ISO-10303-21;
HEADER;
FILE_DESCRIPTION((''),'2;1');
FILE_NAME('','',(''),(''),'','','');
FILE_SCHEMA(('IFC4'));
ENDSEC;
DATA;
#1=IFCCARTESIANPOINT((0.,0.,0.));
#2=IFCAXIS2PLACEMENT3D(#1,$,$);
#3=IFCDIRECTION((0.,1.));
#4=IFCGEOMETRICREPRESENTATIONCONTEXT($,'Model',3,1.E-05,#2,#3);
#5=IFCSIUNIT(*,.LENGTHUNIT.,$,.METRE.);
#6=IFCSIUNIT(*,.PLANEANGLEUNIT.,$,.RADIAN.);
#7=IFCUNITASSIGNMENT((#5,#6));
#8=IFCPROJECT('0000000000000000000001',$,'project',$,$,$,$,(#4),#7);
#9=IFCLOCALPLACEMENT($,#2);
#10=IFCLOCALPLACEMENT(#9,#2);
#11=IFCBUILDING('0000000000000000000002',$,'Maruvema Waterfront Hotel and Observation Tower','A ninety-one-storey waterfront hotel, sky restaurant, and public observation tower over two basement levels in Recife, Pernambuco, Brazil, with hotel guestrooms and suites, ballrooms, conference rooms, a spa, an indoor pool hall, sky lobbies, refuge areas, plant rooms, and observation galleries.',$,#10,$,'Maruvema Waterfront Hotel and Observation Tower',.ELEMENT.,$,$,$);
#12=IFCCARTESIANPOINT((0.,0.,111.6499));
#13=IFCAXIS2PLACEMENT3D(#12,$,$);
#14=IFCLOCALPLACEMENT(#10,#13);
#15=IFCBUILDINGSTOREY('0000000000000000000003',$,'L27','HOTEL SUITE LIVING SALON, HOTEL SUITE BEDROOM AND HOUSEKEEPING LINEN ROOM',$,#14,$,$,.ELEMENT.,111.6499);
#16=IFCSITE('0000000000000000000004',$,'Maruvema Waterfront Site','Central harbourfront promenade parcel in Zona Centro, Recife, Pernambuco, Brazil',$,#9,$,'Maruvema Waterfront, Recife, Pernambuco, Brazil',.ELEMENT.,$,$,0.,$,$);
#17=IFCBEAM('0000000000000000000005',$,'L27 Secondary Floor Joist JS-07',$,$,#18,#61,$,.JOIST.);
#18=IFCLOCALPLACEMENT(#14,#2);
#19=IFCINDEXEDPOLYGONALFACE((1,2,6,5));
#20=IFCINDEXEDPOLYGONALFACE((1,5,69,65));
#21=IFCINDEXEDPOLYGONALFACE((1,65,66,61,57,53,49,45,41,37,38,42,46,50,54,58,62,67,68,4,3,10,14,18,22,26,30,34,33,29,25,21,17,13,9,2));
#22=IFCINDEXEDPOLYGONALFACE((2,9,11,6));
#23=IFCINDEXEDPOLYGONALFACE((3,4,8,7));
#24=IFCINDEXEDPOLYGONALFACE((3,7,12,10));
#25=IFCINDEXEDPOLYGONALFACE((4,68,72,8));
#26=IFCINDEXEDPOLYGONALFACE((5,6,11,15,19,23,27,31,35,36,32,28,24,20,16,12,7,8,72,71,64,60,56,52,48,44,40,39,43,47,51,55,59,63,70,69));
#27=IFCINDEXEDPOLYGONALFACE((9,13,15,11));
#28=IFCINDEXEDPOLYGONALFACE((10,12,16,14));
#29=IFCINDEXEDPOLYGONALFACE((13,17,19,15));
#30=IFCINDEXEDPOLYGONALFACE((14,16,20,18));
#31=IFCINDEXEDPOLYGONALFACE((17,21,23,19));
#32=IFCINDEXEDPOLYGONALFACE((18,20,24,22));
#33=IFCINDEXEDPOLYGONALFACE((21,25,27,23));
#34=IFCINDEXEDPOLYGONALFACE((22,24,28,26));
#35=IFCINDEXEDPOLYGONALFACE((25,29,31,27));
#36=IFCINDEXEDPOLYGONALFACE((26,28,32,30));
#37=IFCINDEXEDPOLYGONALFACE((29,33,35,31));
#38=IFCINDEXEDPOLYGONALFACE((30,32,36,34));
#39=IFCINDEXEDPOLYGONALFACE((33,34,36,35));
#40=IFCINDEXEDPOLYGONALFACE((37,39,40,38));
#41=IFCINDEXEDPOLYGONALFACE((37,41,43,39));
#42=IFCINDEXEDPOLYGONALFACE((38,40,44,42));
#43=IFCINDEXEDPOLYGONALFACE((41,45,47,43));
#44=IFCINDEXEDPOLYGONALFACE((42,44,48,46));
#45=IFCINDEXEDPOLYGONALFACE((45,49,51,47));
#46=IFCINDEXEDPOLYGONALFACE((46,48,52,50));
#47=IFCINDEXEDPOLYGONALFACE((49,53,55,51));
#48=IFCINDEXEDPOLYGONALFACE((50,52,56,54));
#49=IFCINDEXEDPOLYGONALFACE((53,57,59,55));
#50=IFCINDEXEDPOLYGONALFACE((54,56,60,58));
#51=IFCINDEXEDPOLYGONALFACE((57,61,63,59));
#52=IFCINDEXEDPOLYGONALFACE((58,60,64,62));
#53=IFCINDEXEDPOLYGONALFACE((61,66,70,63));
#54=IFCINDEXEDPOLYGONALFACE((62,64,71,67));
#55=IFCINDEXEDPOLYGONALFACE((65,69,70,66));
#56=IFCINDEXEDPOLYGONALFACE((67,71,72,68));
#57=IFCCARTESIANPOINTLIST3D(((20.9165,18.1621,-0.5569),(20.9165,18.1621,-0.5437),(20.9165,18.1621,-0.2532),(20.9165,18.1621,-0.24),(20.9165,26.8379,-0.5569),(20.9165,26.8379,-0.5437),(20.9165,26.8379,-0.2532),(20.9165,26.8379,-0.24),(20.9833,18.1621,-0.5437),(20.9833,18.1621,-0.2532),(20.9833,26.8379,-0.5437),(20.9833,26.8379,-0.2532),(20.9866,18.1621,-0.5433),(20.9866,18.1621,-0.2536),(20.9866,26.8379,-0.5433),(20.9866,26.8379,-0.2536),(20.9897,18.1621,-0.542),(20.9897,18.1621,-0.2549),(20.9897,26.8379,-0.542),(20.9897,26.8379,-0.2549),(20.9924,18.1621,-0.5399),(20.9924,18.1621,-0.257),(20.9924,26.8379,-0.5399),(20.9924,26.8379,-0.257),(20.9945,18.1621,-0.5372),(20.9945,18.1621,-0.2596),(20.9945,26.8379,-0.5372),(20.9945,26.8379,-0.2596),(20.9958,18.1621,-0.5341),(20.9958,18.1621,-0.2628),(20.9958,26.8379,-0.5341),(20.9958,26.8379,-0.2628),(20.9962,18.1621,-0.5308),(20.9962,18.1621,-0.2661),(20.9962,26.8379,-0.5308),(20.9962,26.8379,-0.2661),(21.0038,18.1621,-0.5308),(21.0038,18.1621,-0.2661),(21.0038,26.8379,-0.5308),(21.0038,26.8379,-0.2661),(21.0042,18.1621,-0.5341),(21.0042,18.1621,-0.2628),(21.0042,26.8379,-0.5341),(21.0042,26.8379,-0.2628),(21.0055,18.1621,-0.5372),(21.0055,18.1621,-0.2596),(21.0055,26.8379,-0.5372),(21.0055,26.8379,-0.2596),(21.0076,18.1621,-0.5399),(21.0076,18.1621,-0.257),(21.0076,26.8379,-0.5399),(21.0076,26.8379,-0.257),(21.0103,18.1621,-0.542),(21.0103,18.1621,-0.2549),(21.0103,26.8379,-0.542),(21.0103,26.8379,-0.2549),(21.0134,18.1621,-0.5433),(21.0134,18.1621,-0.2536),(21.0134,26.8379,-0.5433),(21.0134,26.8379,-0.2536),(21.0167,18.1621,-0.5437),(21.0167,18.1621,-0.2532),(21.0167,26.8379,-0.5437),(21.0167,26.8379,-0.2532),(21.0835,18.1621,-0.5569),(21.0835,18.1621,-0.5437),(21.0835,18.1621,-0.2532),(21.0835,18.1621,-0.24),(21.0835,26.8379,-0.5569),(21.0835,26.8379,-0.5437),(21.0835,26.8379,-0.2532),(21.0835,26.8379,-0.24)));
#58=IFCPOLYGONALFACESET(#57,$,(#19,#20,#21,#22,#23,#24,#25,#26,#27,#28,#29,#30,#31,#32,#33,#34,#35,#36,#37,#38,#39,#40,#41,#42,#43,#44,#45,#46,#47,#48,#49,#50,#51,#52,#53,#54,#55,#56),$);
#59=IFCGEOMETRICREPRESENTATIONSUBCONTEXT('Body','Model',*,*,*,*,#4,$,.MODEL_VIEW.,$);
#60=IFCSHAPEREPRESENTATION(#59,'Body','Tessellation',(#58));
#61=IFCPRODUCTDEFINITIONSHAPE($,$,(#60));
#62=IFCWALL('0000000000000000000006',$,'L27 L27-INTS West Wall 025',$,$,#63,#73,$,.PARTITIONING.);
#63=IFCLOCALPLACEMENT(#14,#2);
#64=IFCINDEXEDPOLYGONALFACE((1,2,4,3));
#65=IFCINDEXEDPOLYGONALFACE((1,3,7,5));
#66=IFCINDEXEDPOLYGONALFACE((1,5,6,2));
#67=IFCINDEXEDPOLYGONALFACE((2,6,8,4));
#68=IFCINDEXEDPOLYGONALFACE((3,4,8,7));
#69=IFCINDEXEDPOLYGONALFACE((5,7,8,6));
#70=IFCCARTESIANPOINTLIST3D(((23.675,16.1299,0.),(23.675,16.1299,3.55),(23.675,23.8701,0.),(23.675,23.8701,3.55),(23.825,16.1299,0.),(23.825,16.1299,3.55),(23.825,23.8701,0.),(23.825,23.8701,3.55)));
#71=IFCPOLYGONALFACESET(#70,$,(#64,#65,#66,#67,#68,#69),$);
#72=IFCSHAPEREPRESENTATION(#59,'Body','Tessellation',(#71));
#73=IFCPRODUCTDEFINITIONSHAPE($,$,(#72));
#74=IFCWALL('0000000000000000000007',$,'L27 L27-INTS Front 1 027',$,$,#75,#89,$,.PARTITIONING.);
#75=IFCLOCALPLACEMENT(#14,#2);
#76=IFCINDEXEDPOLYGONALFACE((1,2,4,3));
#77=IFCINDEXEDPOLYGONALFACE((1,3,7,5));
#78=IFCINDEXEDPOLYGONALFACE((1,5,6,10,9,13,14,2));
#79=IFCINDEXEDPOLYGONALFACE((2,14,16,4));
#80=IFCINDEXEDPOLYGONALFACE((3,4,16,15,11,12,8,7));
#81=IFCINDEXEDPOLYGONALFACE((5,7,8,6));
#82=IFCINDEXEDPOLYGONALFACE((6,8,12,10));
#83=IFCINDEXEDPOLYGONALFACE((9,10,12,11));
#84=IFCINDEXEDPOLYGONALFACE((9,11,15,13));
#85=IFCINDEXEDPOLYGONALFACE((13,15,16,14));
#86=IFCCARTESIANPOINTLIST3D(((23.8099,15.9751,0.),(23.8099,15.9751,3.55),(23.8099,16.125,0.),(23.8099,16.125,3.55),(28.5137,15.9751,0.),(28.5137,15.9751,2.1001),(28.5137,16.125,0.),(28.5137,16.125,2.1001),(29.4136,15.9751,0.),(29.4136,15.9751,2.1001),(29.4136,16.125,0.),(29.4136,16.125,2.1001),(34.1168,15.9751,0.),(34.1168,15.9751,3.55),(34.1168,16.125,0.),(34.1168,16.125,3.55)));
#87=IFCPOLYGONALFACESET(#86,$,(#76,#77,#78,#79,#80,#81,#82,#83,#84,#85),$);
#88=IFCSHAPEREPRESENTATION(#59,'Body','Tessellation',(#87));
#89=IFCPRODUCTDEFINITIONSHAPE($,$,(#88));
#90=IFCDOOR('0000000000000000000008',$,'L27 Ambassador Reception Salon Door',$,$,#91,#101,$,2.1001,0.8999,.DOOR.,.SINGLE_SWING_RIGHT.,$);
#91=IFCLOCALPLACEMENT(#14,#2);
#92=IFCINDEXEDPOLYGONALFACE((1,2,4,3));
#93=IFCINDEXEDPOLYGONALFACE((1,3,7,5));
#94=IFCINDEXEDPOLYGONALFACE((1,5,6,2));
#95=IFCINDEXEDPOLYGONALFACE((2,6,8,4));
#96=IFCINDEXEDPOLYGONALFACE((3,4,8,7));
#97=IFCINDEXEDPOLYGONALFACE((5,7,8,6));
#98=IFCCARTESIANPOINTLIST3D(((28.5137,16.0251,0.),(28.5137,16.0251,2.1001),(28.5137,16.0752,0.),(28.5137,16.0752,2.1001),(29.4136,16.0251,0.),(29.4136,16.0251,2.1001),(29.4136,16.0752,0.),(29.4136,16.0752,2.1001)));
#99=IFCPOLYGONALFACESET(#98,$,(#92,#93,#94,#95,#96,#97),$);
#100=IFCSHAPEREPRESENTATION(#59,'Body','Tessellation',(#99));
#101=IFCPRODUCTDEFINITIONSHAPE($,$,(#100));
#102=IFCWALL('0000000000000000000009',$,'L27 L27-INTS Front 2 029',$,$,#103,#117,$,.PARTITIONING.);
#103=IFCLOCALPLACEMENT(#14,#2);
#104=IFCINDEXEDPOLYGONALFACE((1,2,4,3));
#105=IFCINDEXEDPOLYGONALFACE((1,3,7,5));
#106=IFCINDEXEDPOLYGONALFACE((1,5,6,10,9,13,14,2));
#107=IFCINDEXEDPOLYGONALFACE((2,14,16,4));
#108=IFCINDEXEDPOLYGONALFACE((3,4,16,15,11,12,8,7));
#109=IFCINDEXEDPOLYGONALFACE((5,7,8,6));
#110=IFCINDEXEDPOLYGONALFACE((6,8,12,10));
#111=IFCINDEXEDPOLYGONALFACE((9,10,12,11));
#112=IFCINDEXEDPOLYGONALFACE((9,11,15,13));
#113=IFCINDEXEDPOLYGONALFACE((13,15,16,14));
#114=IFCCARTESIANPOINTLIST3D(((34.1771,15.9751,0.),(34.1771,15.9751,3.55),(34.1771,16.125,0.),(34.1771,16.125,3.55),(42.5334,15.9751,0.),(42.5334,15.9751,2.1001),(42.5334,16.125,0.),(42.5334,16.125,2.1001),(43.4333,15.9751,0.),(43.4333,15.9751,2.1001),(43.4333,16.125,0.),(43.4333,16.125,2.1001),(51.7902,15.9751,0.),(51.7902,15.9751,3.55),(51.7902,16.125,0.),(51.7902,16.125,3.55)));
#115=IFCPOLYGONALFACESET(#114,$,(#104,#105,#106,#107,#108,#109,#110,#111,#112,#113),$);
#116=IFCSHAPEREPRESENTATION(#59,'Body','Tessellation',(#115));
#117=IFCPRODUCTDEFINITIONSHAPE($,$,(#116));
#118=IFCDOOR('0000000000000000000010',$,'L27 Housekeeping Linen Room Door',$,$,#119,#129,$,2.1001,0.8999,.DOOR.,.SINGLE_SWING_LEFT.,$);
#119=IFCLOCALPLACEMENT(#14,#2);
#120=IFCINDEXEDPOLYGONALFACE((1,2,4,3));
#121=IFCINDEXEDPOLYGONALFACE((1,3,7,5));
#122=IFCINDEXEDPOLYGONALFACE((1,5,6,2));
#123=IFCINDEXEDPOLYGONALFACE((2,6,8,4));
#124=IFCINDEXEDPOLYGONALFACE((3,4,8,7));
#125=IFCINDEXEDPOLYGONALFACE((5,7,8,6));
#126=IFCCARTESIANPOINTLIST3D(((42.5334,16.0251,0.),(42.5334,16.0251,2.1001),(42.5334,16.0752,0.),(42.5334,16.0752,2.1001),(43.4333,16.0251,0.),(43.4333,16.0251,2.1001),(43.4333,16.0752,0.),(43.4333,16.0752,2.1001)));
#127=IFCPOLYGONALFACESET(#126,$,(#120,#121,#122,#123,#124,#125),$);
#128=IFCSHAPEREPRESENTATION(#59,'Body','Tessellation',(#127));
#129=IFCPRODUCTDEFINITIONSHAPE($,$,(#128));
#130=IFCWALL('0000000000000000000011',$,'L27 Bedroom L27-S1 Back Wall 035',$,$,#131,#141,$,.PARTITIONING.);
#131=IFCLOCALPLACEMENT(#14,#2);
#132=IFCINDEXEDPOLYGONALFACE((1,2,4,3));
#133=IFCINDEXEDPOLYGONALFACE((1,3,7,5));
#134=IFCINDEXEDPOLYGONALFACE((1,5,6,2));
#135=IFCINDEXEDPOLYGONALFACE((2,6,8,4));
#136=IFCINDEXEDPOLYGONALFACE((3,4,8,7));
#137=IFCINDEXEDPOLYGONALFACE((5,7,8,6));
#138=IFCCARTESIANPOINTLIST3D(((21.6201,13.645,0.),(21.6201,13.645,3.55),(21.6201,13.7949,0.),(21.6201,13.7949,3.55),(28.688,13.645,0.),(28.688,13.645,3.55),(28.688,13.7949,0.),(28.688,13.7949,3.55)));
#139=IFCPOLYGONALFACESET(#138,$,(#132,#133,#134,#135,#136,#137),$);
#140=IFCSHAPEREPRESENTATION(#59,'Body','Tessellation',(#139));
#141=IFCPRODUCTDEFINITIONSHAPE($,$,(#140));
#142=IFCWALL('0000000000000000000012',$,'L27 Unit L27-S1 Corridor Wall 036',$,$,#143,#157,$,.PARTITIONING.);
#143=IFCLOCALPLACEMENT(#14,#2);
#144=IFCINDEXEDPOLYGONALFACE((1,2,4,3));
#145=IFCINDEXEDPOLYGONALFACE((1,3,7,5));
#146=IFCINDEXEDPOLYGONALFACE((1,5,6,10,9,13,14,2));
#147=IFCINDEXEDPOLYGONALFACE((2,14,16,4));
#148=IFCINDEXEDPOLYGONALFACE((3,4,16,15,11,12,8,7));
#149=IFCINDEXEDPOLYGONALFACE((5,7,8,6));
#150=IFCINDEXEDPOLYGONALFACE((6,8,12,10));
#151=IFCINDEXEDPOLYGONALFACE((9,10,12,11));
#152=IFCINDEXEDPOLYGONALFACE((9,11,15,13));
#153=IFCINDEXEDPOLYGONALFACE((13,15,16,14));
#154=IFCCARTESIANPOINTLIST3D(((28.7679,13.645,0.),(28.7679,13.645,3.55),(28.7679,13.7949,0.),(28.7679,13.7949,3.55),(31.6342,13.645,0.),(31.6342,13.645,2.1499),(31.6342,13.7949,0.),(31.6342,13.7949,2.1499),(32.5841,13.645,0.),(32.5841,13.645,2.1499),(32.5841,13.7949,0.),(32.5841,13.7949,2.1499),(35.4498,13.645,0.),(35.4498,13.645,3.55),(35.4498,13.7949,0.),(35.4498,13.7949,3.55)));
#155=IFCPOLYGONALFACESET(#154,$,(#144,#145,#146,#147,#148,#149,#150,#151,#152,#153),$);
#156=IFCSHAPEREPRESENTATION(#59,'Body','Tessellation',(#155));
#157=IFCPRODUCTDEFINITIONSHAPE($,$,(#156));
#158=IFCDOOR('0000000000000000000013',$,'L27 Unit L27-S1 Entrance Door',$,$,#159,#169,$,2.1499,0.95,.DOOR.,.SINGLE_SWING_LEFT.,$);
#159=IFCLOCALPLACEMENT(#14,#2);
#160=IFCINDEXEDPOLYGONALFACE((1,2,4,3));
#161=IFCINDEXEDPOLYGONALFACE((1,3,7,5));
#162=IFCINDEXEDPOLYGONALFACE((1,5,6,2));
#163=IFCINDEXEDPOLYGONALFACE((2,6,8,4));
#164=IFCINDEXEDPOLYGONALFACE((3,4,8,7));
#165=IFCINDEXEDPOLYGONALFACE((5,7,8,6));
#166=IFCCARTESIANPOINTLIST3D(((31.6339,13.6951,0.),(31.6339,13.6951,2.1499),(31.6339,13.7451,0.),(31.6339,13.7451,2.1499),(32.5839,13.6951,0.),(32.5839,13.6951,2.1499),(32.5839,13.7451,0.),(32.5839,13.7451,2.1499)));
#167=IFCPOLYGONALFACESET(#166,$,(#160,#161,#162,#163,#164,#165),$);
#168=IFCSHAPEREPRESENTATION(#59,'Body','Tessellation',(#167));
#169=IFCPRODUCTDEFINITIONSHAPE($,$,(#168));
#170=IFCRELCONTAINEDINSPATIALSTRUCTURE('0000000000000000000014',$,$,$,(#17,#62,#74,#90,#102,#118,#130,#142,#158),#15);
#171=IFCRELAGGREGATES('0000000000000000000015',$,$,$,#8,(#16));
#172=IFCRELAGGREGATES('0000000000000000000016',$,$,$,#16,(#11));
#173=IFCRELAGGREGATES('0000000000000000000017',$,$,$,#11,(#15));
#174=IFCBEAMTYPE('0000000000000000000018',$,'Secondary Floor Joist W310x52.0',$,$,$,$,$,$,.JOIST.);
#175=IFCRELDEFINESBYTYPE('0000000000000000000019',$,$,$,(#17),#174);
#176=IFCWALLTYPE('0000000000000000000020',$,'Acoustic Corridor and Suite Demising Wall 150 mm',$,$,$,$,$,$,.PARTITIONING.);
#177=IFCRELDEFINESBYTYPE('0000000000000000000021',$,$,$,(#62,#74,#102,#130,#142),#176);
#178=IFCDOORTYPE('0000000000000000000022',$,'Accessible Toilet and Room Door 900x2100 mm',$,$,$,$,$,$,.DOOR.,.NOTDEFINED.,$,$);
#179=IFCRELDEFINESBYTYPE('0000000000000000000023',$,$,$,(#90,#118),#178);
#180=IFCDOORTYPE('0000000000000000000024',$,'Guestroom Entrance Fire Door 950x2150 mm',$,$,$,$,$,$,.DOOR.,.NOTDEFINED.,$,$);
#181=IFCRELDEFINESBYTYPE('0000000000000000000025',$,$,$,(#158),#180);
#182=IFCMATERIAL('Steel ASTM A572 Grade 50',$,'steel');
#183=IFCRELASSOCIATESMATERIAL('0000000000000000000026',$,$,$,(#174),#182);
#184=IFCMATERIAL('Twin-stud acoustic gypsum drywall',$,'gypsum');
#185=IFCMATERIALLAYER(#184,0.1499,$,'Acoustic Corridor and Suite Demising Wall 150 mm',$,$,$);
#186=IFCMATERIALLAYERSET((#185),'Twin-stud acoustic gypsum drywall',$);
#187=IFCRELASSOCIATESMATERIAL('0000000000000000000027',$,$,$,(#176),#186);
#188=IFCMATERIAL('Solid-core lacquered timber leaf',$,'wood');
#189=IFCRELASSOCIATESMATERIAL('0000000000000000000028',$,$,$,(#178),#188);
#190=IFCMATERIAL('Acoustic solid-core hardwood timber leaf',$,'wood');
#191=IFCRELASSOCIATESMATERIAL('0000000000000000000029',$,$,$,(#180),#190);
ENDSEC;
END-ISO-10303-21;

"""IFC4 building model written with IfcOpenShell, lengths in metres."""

from ifc_helpers import new_model, si_unit, direction, frame, frame_2d, origin, origin_2d, place, context, subcontext, project, spatial, rectangle, i_section, extrude, material, layer, layer_set, material_profile, profile_set, type_object, element, fill, save


model = new_model("IFC4")

# Units and contexts
model_context = context("Model", 3, precision=1e-05, world=origin(), true_north=direction((0.0, 1.0)))
body_context = subcontext(model_context, "Body", "Model", "MODEL_VIEW")
ifc_project = project(units=[si_unit("LENGTHUNIT", "METRE"), si_unit("PLANEANGLEUNIT", "RADIAN")], contexts=[model_context])

# Site, building, storey
site_placement = place(None, origin())
site = spatial("IfcSite", under=ifc_project, at=site_placement, Name="Maruvema Waterfront Site", Description="Central harbourfront promenade parcel in Zona Centro, Recife, Pernambuco, Brazil", LongName="Maruvema Waterfront, Recife, Pernambuco, Brazil", CompositionType="ELEMENT", RefElevation=0.0)
building_placement = place(site_placement, origin())
building = spatial("IfcBuilding", under=site, at=building_placement, Name="Maruvema Waterfront Hotel and Observation Tower", Description="A ninety-one-storey waterfront hotel, sky restaurant, and public observation tower over two basement levels in Recife, Pernambuco, Brazil, with hotel guestrooms and suites, ballrooms, conference rooms, a spa, an indoor pool hall, sky lobbies, refuge areas, plant rooms, and observation galleries.", LongName="Maruvema Waterfront Hotel and Observation Tower", CompositionType="ELEMENT")
storey_placement = place(building_placement, frame((0.0, 0.0, 111.6499)))
storey = spatial("IfcBuildingStorey", under=building, at=storey_placement, Name="L27", Description="HOTEL SUITE LIVING SALON, HOTEL SUITE BEDROOM AND HOUSEKEEPING LINEN ROOM", CompositionType="ELEMENT", Elevation=111.6499)

# Beam
ifc_material_1 = material(Name="Steel ASTM A572 Grade 50", Category="steel")
ifc_material_profile_1 = material_profile(ifc_material_1, i_section(OverallWidth=0.167, OverallDepth=0.3169, WebThickness=0.0076, FlangeThickness=0.0132, FilletRadius=0.0129, at=origin_2d()), Name="W310x52.0")
ifc_profile_set_1 = profile_set([ifc_material_profile_1], Name="Steel ASTM A572 Grade 50")
beam_type_1 = type_object("IfcBeamType", Name="Secondary Floor Joist W310x52.0", PredefinedType="JOIST", material=ifc_profile_set_1)
beam_1_placement = place(storey_placement, frame((21.0, 18.1621, -0.3984), z_axis=(0.0, 1.0, 0.0), x_axis=(-1.0, 0.0, 0.0)))
element("IfcBeam", 1, at=beam_1_placement, inside=storey, type_object=beam_type_1, Name="L27 Secondary Floor Joist JS-07", PredefinedType="JOIST", context=body_context, shape_type="SweptSolid", body=[
    extrude(i_section(OverallWidth=0.167, OverallDepth=0.3169, WebThickness=0.0076, FlangeThickness=0.0132, FilletRadius=0.0129, at=origin_2d()), origin(), (0.0, 0.0, 1.0), 8.6758),
])

# Wall
ifc_material_2 = material(Name="Twin-stud acoustic gypsum drywall", Category="gypsum")
ifc_layer_1 = layer(ifc_material_2, 0.1499, Name="Acoustic Corridor and Suite Demising Wall 150 mm")
ifc_layer_set_1 = layer_set([ifc_layer_1], Name="Twin-stud acoustic gypsum drywall")
wall_type_1 = type_object("IfcWallType", Name="Acoustic Corridor and Suite Demising Wall 150 mm", PredefinedType="PARTITIONING", material=ifc_layer_set_1)
wall_1_placement = place(storey_placement, frame((23.75, 16.1299, 0.0), z_axis=(0.0, 0.0, 1.0), x_axis=(0.0, 1.0, 0.0)))
element("IfcWall", 2, at=wall_1_placement, inside=storey, type_object=wall_type_1, Name="L27 L27-INTS West Wall 025", PredefinedType="PARTITIONING", context=body_context, shape_type="SweptSolid", body=[
    extrude(rectangle(XDim=7.7402, YDim=0.1499, at=frame_2d((3.8701, 0.0))), origin(), (0.0, 0.0, 1.0), 3.55),
])

# Walls, openings, doors
wall_2_placement = place(storey_placement, frame((23.8101, 16.05, 0.0), z_axis=(0.0, 0.0, 1.0), x_axis=(1.0, 0.0, 0.0)))
wall_2 = element("IfcWall", 3, at=wall_2_placement, inside=storey, type_object=wall_type_1, Name="L27 L27-INTS Front 1 027", PredefinedType="PARTITIONING", context=body_context, shape_type="SweptSolid", body=[
    extrude(rectangle(XDim=10.3069, YDim=0.1499, at=frame_2d((5.1533, 0.0))), origin(), (0.0, 0.0, 1.0), 3.55),
])
opening_1_placement = place(wall_2_placement, frame((4.7036, 0.0, 0.0)))
opening_1 = element("IfcOpeningElement", 4, at=opening_1_placement, cuts=wall_2, PredefinedType="OPENING", context=body_context, shape_type="SweptSolid", body=[
    extrude(rectangle(XDim=0.8999, YDim=2.1001, at=frame_2d((0.45, 1.05))), frame((0.0, 0.085, 0.0), z_axis=(0.0, -1.0, 0.0), x_axis=(1.0, 0.0, 0.0)), (0.0, 0.0, 1.0), 0.1699),
])
ifc_material_3 = material(Name="Solid-core lacquered timber leaf", Category="wood")
door_type_1 = type_object("IfcDoorType", Name="Accessible Toilet and Room Door 900x2100 mm", OperationType="NOTDEFINED", PredefinedType="DOOR", material=ifc_material_3)
door_1_placement = place(opening_1_placement, frame((0.8999, 0.0, 0.0), z_axis=(0.0, 0.0, 1.0), x_axis=(-1.0, 0.0, 0.0)))
door_1 = element("IfcDoor", 5, at=door_1_placement, inside=storey, type_object=door_type_1, Name="L27 Ambassador Reception Salon Door", OperationType="SINGLE_SWING_RIGHT", OverallHeight=2.1001, OverallWidth=0.8999, PredefinedType="DOOR", context=body_context, shape_type="SweptSolid", body=[
    extrude(rectangle(XDim=0.8999, YDim=2.1001, at=frame_2d((0.45, 1.05))), frame((0.0, 0.0249, 0.0), z_axis=(0.0, -1.0, 0.0), x_axis=(1.0, 0.0, 0.0)), (0.0, 0.0, 1.0), 0.05),
])
fill(opening_1, door_1)
wall_3_placement = place(storey_placement, frame((34.177, 16.05, 0.0), z_axis=(0.0, 0.0, 1.0), x_axis=(1.0, 0.0, 0.0)))
wall_3 = element("IfcWall", 6, at=wall_3_placement, inside=storey, type_object=wall_type_1, Name="L27 L27-INTS Front 2 029", PredefinedType="PARTITIONING", context=body_context, shape_type="SweptSolid", body=[
    extrude(rectangle(XDim=17.613, YDim=0.1499, at=frame_2d((8.8066, 0.0))), origin(), (0.0, 0.0, 1.0), 3.55),
])
opening_2_placement = place(wall_3_placement, frame((8.3564, 0.0, 0.0)))
opening_2 = element("IfcOpeningElement", 7, at=opening_2_placement, cuts=wall_3, PredefinedType="OPENING", context=body_context, shape_type="SweptSolid", body=[
    extrude(rectangle(XDim=0.8999, YDim=2.1001, at=frame_2d((0.45, 1.05))), frame((0.0, 0.085, 0.0), z_axis=(0.0, -1.0, 0.0), x_axis=(1.0, 0.0, 0.0)), (0.0, 0.0, 1.0), 0.1699),
])
door_2_placement = place(opening_2_placement, frame((0.8999, 0.0, 0.0), z_axis=(0.0, 0.0, 1.0), x_axis=(-1.0, 0.0, 0.0)))
door_2 = element("IfcDoor", 8, at=door_2_placement, inside=storey, type_object=door_type_1, Name="L27 Housekeeping Linen Room Door", OperationType="SINGLE_SWING_LEFT", OverallHeight=2.1001, OverallWidth=0.8999, PredefinedType="DOOR", context=body_context, shape_type="SweptSolid", body=[
    extrude(rectangle(XDim=0.8999, YDim=2.1001, at=frame_2d((0.45, 1.05))), frame((0.0, 0.0249, 0.0), z_axis=(0.0, -1.0, 0.0), x_axis=(1.0, 0.0, 0.0)), (0.0, 0.0, 1.0), 0.05),
])
fill(opening_2, door_2)

# Wall
wall_4_placement = place(storey_placement, frame((21.6201, 13.72, 0.0), z_axis=(0.0, 0.0, 1.0), x_axis=(1.0, 0.0, 0.0)))
element("IfcWall", 9, at=wall_4_placement, inside=storey, type_object=wall_type_1, Name="L27 Bedroom L27-S1 Back Wall 035", PredefinedType="PARTITIONING", context=body_context, shape_type="SweptSolid", body=[
    extrude(rectangle(XDim=7.0679, YDim=0.1499, at=frame_2d((3.5339, 0.0))), origin(), (0.0, 0.0, 1.0), 3.55),
])

# Wall, opening, door
wall_5_placement = place(storey_placement, frame((28.7681, 13.72, 0.0), z_axis=(0.0, 0.0, 1.0), x_axis=(1.0, 0.0, 0.0)))
wall_5 = element("IfcWall", 10, at=wall_5_placement, inside=storey, type_object=wall_type_1, Name="L27 Unit L27-S1 Corridor Wall 036", PredefinedType="PARTITIONING", context=body_context, shape_type="SweptSolid", body=[
    extrude(rectangle(XDim=6.6819, YDim=0.1499, at=frame_2d((3.3408, 0.0))), origin(), (0.0, 0.0, 1.0), 3.55),
])
opening_3_placement = place(wall_5_placement, frame((2.866, 0.0, 0.0)))
opening_3 = element("IfcOpeningElement", 11, at=opening_3_placement, cuts=wall_5, PredefinedType="OPENING", context=body_context, shape_type="SweptSolid", body=[
    extrude(rectangle(XDim=0.95, YDim=2.1499, at=frame_2d((0.4751, 1.075))), frame((0.0, 0.085, 0.0), z_axis=(0.0, -1.0, 0.0), x_axis=(1.0, 0.0, 0.0)), (0.0, 0.0, 1.0), 0.1699),
])
ifc_material_4 = material(Name="Acoustic solid-core hardwood timber leaf", Category="wood")
door_type_2 = type_object("IfcDoorType", Name="Guestroom Entrance Fire Door 950x2150 mm", OperationType="NOTDEFINED", PredefinedType="DOOR", material=ifc_material_4)
door_3_placement = place(opening_3_placement, frame((0.95, 0.0, 0.0), z_axis=(0.0, 0.0, 1.0), x_axis=(-1.0, 0.0, 0.0)))
door_3 = element("IfcDoor", 12, at=door_3_placement, inside=storey, type_object=door_type_2, Name="L27 Unit L27-S1 Entrance Door", OperationType="SINGLE_SWING_LEFT", OverallHeight=2.1499, OverallWidth=0.95, PredefinedType="DOOR", context=body_context, shape_type="SweptSolid", body=[
    extrude(rectangle(XDim=0.95, YDim=2.1499, at=frame_2d((0.4751, 1.075))), frame((0.0, 0.0249, 0.0), z_axis=(0.0, -1.0, 0.0), x_axis=(1.0, 0.0, 0.0)), (0.0, 0.0, 1.0), 0.05),
])
fill(opening_3, door_3)

save(model, "model.ifc")
